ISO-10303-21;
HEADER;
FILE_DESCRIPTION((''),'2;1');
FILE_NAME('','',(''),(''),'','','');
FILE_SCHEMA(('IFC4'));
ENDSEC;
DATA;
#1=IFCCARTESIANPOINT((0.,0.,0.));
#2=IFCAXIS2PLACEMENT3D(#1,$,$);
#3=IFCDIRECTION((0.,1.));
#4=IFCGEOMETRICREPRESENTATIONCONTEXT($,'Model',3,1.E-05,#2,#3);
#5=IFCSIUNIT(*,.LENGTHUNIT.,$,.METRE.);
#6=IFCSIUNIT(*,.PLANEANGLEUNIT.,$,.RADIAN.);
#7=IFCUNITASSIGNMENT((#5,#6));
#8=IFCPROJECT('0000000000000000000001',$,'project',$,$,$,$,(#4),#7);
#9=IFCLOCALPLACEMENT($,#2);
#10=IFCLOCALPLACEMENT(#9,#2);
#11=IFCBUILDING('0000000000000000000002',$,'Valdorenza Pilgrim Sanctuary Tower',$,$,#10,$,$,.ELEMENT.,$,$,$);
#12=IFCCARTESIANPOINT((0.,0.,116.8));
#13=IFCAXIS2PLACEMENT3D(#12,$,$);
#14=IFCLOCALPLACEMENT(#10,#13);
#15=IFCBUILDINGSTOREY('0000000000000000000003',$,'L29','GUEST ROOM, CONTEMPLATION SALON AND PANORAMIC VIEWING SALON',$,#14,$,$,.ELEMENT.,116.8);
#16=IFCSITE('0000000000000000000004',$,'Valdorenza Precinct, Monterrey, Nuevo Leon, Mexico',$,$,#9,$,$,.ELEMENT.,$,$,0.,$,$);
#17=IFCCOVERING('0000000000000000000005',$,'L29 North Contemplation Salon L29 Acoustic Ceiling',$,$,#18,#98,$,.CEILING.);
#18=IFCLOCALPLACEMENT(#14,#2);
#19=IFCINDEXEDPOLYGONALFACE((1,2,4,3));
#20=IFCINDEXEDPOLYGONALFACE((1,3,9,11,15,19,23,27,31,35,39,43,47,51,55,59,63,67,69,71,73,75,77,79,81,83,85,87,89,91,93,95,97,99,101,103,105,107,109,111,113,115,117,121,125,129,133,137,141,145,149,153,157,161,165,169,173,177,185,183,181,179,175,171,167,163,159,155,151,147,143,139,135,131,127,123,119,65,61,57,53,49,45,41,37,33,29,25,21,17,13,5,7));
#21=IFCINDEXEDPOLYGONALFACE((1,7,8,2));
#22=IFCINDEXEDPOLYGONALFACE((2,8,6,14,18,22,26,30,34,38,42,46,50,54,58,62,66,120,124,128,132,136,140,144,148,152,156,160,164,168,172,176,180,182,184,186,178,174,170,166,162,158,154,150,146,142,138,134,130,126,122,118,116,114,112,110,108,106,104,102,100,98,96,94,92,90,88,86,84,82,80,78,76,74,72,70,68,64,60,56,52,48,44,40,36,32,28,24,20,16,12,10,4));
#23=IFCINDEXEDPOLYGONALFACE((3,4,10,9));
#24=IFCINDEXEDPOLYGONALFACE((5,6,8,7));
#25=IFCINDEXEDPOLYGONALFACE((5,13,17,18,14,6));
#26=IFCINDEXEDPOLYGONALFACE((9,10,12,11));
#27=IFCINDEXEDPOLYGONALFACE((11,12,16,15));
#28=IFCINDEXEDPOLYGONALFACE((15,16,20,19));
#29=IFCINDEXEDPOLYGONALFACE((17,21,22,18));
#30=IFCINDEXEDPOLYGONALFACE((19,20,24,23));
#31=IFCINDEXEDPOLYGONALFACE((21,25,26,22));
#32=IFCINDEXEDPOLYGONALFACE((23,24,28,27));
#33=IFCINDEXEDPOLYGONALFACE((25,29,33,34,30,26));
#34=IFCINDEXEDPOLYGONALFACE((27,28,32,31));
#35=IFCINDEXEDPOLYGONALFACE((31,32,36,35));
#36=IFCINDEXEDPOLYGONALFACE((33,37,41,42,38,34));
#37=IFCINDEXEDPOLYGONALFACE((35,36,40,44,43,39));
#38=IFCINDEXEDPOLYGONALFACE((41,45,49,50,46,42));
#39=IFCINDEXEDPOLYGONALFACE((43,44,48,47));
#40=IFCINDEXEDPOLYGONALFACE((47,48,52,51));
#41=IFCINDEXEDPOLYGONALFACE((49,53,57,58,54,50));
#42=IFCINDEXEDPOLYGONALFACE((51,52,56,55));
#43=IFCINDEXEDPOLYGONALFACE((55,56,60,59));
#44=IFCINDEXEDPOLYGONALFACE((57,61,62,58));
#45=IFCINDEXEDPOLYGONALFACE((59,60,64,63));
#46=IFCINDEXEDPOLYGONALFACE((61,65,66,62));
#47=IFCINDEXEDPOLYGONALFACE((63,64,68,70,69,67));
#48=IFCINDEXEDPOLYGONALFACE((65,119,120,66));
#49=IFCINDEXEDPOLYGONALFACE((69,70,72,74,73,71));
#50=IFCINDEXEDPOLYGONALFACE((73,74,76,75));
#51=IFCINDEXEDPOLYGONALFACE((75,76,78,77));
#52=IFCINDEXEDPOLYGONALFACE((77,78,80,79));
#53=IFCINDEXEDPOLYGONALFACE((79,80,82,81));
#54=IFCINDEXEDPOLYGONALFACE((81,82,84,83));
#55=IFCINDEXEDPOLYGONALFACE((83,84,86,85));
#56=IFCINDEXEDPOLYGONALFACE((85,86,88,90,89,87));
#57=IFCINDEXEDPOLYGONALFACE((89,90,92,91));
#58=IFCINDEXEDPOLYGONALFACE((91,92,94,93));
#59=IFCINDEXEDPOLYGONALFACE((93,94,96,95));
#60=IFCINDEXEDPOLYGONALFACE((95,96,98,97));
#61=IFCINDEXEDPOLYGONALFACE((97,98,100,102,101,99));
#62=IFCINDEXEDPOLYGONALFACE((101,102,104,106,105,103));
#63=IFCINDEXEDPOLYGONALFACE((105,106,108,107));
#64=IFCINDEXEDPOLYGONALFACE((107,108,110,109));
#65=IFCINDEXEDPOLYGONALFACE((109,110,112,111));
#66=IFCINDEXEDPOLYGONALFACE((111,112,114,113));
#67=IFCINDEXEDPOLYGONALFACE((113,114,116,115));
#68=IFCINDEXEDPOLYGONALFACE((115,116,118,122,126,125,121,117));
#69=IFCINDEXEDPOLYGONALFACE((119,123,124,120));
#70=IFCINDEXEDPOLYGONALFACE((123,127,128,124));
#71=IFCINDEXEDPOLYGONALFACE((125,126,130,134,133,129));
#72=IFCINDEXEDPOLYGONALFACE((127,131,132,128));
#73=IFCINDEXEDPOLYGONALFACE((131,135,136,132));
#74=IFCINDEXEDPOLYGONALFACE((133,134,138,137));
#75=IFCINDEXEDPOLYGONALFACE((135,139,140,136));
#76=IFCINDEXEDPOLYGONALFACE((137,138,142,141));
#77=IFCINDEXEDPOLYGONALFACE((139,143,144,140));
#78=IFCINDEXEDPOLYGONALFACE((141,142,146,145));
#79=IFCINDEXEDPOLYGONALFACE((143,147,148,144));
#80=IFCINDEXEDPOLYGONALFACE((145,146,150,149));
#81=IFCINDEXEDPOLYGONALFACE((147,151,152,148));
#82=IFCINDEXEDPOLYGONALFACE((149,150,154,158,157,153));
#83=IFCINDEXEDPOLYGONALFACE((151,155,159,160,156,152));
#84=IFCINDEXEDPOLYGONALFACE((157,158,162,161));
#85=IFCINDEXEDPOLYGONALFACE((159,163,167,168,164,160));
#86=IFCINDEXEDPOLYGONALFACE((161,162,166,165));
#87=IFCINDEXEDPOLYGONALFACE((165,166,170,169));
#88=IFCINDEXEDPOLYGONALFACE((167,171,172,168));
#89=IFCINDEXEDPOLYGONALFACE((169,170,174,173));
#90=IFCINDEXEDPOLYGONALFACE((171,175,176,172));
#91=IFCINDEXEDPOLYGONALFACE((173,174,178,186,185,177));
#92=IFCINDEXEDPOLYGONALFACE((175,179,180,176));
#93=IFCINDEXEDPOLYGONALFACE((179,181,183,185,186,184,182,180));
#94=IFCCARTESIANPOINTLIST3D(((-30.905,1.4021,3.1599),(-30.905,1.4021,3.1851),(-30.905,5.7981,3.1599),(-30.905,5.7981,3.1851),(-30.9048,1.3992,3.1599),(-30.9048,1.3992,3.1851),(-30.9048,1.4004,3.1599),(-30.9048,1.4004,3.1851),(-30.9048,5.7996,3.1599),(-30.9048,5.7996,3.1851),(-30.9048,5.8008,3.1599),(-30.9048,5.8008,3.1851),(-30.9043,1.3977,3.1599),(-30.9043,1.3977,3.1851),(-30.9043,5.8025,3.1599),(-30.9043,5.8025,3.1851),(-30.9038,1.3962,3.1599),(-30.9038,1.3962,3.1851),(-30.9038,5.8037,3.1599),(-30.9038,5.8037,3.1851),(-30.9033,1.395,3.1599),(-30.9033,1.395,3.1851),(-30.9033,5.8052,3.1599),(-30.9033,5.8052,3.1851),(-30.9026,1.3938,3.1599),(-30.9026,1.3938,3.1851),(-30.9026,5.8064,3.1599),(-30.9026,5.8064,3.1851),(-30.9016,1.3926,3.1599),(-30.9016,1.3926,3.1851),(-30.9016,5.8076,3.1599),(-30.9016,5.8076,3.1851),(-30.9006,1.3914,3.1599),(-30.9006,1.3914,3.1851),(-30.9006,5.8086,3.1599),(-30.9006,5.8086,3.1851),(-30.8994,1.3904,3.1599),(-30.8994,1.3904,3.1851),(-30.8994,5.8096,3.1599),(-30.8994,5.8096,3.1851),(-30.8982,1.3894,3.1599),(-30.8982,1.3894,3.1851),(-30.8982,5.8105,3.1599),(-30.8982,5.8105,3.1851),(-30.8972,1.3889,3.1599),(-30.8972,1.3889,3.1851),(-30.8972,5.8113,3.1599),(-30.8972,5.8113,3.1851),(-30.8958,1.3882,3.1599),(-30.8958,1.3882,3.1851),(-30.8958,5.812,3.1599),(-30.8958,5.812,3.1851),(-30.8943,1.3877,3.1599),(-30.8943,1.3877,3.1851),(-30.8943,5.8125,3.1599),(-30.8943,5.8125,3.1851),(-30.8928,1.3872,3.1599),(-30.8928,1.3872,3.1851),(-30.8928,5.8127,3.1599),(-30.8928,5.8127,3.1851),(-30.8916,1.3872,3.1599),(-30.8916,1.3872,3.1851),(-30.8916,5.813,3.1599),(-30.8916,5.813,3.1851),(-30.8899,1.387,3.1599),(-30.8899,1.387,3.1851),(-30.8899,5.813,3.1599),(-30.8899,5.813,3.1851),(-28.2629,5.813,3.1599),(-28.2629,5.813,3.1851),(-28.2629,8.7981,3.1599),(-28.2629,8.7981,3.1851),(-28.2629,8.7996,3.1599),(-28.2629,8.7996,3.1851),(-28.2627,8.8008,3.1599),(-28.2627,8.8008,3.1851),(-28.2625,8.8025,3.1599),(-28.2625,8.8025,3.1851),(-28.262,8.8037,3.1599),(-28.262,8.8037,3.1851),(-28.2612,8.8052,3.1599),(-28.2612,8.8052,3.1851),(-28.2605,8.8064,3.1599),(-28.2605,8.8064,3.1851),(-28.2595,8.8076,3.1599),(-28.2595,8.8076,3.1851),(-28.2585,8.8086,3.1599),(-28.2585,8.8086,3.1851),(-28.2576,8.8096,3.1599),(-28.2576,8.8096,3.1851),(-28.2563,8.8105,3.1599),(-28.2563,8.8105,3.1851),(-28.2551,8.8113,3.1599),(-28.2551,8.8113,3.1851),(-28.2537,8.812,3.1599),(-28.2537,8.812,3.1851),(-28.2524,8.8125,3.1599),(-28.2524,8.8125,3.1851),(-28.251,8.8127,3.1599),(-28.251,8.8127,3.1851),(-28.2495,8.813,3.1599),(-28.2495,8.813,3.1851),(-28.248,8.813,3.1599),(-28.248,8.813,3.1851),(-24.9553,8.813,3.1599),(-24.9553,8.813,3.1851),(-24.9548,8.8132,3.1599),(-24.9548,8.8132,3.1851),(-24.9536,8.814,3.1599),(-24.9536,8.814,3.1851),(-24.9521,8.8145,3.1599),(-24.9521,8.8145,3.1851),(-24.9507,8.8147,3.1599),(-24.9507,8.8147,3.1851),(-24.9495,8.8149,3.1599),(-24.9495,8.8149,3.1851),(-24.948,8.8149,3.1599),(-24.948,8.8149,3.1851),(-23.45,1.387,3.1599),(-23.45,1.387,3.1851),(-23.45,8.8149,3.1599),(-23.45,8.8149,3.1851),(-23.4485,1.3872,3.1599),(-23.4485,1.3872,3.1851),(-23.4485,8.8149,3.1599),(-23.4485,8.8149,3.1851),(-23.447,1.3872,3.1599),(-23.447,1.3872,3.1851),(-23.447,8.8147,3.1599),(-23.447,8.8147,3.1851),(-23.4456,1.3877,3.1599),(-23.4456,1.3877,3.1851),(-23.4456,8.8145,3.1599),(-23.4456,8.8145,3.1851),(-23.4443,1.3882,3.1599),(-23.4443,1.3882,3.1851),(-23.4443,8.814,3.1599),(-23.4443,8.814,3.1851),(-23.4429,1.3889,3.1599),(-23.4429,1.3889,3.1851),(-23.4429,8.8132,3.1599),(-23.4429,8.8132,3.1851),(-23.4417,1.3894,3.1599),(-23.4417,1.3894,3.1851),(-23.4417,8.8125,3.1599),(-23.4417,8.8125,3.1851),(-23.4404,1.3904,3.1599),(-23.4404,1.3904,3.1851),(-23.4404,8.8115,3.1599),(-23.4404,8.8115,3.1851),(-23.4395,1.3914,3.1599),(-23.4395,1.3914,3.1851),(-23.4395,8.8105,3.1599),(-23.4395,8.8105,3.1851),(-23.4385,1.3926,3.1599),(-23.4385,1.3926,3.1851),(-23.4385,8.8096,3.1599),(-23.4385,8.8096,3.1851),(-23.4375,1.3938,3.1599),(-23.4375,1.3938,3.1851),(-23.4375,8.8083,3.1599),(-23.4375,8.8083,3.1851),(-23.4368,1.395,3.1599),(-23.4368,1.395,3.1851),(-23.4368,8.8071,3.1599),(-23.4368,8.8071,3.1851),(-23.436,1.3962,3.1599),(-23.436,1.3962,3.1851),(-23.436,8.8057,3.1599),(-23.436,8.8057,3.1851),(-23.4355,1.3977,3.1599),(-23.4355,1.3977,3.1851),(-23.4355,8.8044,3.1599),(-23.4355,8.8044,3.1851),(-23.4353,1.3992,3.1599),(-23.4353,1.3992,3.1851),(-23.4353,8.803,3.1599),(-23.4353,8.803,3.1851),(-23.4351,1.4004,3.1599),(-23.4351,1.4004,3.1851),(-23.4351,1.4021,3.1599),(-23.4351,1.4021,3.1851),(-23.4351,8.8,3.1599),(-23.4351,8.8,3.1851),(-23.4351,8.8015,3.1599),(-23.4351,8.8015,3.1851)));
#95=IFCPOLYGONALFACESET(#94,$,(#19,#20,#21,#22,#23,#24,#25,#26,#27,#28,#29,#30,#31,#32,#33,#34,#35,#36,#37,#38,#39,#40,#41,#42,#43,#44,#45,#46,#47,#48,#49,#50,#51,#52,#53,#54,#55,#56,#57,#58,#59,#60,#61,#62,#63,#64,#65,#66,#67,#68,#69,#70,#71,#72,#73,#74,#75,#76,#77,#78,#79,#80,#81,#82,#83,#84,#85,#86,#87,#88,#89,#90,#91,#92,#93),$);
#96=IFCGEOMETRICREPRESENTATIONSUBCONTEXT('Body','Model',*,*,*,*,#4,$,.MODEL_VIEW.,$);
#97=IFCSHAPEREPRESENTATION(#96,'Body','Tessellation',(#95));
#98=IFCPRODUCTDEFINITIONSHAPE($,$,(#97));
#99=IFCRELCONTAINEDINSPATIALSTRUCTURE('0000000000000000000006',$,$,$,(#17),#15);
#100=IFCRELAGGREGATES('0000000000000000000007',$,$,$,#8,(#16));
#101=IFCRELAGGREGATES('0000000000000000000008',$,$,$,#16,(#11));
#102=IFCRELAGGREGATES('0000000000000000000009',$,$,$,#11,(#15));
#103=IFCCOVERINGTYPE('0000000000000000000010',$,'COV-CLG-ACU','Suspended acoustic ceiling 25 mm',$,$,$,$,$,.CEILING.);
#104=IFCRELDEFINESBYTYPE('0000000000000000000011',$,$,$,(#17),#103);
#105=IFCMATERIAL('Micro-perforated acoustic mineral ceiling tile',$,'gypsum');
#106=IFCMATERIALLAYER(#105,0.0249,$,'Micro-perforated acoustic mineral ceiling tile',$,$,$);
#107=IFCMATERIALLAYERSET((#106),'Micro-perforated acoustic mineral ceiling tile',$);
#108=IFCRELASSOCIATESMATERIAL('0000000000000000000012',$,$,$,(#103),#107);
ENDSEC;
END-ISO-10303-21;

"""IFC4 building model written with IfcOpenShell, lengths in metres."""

from ifc_helpers import new_model, si_unit, direction, frame, origin, place, context, subcontext, project, spatial, polyline, outline, extrude, material, layer, layer_set, type_object, element, save


model = new_model("IFC4")

# Units and contexts
model_context = context("Model", 3, precision=1e-05, world=origin(), true_north=direction((0.0, 1.0)))
body_context = subcontext(model_context, "Body", "Model", "MODEL_VIEW")
ifc_project = project(units=[si_unit("LENGTHUNIT", "METRE"), si_unit("PLANEANGLEUNIT", "RADIAN")], contexts=[model_context])

# Site, building, storey
site_placement = place(None, origin())
site = spatial("IfcSite", under=ifc_project, at=site_placement, Name="Valdorenza Precinct, Monterrey, Nuevo Leon, Mexico", CompositionType="ELEMENT", RefElevation=0.0)
building_placement = place(site_placement, origin())
building = spatial("IfcBuilding", under=site, at=building_placement, Name="Valdorenza Pilgrim Sanctuary Tower", CompositionType="ELEMENT")
storey_placement = place(building_placement, frame((0.0, 0.0, 116.8)))
storey = spatial("IfcBuildingStorey", under=building, at=storey_placement, Name="L29", Description="GUEST ROOM, CONTEMPLATION SALON AND PANORAMIC VIEWING SALON", CompositionType="ELEMENT", Elevation=116.8)

# Covering
ifc_material_1 = material(Name="Micro-perforated acoustic mineral ceiling tile", Category="gypsum")
ifc_layer_1 = layer(ifc_material_1, 0.0249, Name="Micro-perforated acoustic mineral ceiling tile")
ifc_layer_set_1 = layer_set([ifc_layer_1], Name="Micro-perforated acoustic mineral ceiling tile")
covering_type_1 = type_object("IfcCoveringType", Name="COV-CLG-ACU", Description="Suspended acoustic ceiling 25 mm", PredefinedType="CEILING", material=ifc_layer_set_1)
covering_1_placement = place(storey_placement, frame((0.0, 0.0, 3.1599)))
element("IfcCovering", 1, at=covering_1_placement, inside=storey, type_object=covering_type_1, Name="L29 North Contemplation Salon L29 Acoustic Ceiling", PredefinedType="CEILING", context=body_context, shape_type="SweptSolid", body=[
    extrude(outline(polyline([(-28.2629, 5.813), (-28.2629, 8.7981), (-28.2629, 8.7996), (-28.2627, 8.8008), (-28.2625, 8.8025), (-28.262, 8.8037), (-28.2612, 8.8052), (-28.2605, 8.8064), (-28.2595, 8.8076), (-28.2585, 8.8086), (-28.2576, 8.8096), (-28.2563, 8.8105), (-28.2551, 8.8113), (-28.2537, 8.812), (-28.2524, 8.8125), (-28.251, 8.8127), (-28.2495, 8.813), (-28.248, 8.813), (-24.9553, 8.813), (-24.9548, 8.8132), (-24.9536, 8.814), (-24.9521, 8.8145), (-24.9507, 8.8147), (-24.9495, 8.8149), (-24.948, 8.8149), (-23.45, 8.8149), (-23.4485, 8.8149), (-23.447, 8.8147), (-23.4456, 8.8145), (-23.4443, 8.814), (-23.4429, 8.8132), (-23.4417, 8.8125), (-23.4404, 8.8115), (-23.4395, 8.8105), (-23.4385, 8.8096), (-23.4375, 8.8083), (-23.4368, 8.8071), (-23.436, 8.8057), (-23.4355, 8.8044), (-23.4353, 8.803), (-23.4351, 8.8015), (-23.4351, 8.8), (-23.4351, 1.4021), (-23.4351, 1.4004), (-23.4353, 1.3992), (-23.4355, 1.3977), (-23.436, 1.3962), (-23.4368, 1.395), (-23.4375, 1.3938), (-23.4385, 1.3926), (-23.4395, 1.3914), (-23.4404, 1.3904), (-23.4417, 1.3894), (-23.4429, 1.3889), (-23.4443, 1.3882), (-23.4456, 1.3877), (-23.447, 1.3872), (-23.4485, 1.3872), (-23.45, 1.387), (-30.8899, 1.387), (-30.8916, 1.3872), (-30.8928, 1.3872), (-30.8943, 1.3877), (-30.8958, 1.3882), (-30.8972, 1.3889), (-30.8982, 1.3894), (-30.8994, 1.3904), (-30.9006, 1.3914), (-30.9016, 1.3926), (-30.9026, 1.3938), (-30.9033, 1.395), (-30.9038, 1.3962), (-30.9043, 1.3977), (-30.9048, 1.3992), (-30.9048, 1.4004), (-30.905, 1.4021), (-30.905, 5.7981), (-30.9048, 5.7996), (-30.9048, 5.8008), (-30.9043, 5.8025), (-30.9038, 5.8037), (-30.9033, 5.8052), (-30.9026, 5.8064), (-30.9016, 5.8076), (-30.9006, 5.8086), (-30.8994, 5.8096), (-30.8982, 5.8105), (-30.8972, 5.8113), (-30.8958, 5.812), (-30.8943, 5.8125), (-30.8928, 5.8127), (-30.8916, 5.813), (-30.8899, 5.813), (-28.2629, 5.813)])), origin(), (0.0, 0.0, 1.0), 0.0251),
])

save(model, "model.ifc")
